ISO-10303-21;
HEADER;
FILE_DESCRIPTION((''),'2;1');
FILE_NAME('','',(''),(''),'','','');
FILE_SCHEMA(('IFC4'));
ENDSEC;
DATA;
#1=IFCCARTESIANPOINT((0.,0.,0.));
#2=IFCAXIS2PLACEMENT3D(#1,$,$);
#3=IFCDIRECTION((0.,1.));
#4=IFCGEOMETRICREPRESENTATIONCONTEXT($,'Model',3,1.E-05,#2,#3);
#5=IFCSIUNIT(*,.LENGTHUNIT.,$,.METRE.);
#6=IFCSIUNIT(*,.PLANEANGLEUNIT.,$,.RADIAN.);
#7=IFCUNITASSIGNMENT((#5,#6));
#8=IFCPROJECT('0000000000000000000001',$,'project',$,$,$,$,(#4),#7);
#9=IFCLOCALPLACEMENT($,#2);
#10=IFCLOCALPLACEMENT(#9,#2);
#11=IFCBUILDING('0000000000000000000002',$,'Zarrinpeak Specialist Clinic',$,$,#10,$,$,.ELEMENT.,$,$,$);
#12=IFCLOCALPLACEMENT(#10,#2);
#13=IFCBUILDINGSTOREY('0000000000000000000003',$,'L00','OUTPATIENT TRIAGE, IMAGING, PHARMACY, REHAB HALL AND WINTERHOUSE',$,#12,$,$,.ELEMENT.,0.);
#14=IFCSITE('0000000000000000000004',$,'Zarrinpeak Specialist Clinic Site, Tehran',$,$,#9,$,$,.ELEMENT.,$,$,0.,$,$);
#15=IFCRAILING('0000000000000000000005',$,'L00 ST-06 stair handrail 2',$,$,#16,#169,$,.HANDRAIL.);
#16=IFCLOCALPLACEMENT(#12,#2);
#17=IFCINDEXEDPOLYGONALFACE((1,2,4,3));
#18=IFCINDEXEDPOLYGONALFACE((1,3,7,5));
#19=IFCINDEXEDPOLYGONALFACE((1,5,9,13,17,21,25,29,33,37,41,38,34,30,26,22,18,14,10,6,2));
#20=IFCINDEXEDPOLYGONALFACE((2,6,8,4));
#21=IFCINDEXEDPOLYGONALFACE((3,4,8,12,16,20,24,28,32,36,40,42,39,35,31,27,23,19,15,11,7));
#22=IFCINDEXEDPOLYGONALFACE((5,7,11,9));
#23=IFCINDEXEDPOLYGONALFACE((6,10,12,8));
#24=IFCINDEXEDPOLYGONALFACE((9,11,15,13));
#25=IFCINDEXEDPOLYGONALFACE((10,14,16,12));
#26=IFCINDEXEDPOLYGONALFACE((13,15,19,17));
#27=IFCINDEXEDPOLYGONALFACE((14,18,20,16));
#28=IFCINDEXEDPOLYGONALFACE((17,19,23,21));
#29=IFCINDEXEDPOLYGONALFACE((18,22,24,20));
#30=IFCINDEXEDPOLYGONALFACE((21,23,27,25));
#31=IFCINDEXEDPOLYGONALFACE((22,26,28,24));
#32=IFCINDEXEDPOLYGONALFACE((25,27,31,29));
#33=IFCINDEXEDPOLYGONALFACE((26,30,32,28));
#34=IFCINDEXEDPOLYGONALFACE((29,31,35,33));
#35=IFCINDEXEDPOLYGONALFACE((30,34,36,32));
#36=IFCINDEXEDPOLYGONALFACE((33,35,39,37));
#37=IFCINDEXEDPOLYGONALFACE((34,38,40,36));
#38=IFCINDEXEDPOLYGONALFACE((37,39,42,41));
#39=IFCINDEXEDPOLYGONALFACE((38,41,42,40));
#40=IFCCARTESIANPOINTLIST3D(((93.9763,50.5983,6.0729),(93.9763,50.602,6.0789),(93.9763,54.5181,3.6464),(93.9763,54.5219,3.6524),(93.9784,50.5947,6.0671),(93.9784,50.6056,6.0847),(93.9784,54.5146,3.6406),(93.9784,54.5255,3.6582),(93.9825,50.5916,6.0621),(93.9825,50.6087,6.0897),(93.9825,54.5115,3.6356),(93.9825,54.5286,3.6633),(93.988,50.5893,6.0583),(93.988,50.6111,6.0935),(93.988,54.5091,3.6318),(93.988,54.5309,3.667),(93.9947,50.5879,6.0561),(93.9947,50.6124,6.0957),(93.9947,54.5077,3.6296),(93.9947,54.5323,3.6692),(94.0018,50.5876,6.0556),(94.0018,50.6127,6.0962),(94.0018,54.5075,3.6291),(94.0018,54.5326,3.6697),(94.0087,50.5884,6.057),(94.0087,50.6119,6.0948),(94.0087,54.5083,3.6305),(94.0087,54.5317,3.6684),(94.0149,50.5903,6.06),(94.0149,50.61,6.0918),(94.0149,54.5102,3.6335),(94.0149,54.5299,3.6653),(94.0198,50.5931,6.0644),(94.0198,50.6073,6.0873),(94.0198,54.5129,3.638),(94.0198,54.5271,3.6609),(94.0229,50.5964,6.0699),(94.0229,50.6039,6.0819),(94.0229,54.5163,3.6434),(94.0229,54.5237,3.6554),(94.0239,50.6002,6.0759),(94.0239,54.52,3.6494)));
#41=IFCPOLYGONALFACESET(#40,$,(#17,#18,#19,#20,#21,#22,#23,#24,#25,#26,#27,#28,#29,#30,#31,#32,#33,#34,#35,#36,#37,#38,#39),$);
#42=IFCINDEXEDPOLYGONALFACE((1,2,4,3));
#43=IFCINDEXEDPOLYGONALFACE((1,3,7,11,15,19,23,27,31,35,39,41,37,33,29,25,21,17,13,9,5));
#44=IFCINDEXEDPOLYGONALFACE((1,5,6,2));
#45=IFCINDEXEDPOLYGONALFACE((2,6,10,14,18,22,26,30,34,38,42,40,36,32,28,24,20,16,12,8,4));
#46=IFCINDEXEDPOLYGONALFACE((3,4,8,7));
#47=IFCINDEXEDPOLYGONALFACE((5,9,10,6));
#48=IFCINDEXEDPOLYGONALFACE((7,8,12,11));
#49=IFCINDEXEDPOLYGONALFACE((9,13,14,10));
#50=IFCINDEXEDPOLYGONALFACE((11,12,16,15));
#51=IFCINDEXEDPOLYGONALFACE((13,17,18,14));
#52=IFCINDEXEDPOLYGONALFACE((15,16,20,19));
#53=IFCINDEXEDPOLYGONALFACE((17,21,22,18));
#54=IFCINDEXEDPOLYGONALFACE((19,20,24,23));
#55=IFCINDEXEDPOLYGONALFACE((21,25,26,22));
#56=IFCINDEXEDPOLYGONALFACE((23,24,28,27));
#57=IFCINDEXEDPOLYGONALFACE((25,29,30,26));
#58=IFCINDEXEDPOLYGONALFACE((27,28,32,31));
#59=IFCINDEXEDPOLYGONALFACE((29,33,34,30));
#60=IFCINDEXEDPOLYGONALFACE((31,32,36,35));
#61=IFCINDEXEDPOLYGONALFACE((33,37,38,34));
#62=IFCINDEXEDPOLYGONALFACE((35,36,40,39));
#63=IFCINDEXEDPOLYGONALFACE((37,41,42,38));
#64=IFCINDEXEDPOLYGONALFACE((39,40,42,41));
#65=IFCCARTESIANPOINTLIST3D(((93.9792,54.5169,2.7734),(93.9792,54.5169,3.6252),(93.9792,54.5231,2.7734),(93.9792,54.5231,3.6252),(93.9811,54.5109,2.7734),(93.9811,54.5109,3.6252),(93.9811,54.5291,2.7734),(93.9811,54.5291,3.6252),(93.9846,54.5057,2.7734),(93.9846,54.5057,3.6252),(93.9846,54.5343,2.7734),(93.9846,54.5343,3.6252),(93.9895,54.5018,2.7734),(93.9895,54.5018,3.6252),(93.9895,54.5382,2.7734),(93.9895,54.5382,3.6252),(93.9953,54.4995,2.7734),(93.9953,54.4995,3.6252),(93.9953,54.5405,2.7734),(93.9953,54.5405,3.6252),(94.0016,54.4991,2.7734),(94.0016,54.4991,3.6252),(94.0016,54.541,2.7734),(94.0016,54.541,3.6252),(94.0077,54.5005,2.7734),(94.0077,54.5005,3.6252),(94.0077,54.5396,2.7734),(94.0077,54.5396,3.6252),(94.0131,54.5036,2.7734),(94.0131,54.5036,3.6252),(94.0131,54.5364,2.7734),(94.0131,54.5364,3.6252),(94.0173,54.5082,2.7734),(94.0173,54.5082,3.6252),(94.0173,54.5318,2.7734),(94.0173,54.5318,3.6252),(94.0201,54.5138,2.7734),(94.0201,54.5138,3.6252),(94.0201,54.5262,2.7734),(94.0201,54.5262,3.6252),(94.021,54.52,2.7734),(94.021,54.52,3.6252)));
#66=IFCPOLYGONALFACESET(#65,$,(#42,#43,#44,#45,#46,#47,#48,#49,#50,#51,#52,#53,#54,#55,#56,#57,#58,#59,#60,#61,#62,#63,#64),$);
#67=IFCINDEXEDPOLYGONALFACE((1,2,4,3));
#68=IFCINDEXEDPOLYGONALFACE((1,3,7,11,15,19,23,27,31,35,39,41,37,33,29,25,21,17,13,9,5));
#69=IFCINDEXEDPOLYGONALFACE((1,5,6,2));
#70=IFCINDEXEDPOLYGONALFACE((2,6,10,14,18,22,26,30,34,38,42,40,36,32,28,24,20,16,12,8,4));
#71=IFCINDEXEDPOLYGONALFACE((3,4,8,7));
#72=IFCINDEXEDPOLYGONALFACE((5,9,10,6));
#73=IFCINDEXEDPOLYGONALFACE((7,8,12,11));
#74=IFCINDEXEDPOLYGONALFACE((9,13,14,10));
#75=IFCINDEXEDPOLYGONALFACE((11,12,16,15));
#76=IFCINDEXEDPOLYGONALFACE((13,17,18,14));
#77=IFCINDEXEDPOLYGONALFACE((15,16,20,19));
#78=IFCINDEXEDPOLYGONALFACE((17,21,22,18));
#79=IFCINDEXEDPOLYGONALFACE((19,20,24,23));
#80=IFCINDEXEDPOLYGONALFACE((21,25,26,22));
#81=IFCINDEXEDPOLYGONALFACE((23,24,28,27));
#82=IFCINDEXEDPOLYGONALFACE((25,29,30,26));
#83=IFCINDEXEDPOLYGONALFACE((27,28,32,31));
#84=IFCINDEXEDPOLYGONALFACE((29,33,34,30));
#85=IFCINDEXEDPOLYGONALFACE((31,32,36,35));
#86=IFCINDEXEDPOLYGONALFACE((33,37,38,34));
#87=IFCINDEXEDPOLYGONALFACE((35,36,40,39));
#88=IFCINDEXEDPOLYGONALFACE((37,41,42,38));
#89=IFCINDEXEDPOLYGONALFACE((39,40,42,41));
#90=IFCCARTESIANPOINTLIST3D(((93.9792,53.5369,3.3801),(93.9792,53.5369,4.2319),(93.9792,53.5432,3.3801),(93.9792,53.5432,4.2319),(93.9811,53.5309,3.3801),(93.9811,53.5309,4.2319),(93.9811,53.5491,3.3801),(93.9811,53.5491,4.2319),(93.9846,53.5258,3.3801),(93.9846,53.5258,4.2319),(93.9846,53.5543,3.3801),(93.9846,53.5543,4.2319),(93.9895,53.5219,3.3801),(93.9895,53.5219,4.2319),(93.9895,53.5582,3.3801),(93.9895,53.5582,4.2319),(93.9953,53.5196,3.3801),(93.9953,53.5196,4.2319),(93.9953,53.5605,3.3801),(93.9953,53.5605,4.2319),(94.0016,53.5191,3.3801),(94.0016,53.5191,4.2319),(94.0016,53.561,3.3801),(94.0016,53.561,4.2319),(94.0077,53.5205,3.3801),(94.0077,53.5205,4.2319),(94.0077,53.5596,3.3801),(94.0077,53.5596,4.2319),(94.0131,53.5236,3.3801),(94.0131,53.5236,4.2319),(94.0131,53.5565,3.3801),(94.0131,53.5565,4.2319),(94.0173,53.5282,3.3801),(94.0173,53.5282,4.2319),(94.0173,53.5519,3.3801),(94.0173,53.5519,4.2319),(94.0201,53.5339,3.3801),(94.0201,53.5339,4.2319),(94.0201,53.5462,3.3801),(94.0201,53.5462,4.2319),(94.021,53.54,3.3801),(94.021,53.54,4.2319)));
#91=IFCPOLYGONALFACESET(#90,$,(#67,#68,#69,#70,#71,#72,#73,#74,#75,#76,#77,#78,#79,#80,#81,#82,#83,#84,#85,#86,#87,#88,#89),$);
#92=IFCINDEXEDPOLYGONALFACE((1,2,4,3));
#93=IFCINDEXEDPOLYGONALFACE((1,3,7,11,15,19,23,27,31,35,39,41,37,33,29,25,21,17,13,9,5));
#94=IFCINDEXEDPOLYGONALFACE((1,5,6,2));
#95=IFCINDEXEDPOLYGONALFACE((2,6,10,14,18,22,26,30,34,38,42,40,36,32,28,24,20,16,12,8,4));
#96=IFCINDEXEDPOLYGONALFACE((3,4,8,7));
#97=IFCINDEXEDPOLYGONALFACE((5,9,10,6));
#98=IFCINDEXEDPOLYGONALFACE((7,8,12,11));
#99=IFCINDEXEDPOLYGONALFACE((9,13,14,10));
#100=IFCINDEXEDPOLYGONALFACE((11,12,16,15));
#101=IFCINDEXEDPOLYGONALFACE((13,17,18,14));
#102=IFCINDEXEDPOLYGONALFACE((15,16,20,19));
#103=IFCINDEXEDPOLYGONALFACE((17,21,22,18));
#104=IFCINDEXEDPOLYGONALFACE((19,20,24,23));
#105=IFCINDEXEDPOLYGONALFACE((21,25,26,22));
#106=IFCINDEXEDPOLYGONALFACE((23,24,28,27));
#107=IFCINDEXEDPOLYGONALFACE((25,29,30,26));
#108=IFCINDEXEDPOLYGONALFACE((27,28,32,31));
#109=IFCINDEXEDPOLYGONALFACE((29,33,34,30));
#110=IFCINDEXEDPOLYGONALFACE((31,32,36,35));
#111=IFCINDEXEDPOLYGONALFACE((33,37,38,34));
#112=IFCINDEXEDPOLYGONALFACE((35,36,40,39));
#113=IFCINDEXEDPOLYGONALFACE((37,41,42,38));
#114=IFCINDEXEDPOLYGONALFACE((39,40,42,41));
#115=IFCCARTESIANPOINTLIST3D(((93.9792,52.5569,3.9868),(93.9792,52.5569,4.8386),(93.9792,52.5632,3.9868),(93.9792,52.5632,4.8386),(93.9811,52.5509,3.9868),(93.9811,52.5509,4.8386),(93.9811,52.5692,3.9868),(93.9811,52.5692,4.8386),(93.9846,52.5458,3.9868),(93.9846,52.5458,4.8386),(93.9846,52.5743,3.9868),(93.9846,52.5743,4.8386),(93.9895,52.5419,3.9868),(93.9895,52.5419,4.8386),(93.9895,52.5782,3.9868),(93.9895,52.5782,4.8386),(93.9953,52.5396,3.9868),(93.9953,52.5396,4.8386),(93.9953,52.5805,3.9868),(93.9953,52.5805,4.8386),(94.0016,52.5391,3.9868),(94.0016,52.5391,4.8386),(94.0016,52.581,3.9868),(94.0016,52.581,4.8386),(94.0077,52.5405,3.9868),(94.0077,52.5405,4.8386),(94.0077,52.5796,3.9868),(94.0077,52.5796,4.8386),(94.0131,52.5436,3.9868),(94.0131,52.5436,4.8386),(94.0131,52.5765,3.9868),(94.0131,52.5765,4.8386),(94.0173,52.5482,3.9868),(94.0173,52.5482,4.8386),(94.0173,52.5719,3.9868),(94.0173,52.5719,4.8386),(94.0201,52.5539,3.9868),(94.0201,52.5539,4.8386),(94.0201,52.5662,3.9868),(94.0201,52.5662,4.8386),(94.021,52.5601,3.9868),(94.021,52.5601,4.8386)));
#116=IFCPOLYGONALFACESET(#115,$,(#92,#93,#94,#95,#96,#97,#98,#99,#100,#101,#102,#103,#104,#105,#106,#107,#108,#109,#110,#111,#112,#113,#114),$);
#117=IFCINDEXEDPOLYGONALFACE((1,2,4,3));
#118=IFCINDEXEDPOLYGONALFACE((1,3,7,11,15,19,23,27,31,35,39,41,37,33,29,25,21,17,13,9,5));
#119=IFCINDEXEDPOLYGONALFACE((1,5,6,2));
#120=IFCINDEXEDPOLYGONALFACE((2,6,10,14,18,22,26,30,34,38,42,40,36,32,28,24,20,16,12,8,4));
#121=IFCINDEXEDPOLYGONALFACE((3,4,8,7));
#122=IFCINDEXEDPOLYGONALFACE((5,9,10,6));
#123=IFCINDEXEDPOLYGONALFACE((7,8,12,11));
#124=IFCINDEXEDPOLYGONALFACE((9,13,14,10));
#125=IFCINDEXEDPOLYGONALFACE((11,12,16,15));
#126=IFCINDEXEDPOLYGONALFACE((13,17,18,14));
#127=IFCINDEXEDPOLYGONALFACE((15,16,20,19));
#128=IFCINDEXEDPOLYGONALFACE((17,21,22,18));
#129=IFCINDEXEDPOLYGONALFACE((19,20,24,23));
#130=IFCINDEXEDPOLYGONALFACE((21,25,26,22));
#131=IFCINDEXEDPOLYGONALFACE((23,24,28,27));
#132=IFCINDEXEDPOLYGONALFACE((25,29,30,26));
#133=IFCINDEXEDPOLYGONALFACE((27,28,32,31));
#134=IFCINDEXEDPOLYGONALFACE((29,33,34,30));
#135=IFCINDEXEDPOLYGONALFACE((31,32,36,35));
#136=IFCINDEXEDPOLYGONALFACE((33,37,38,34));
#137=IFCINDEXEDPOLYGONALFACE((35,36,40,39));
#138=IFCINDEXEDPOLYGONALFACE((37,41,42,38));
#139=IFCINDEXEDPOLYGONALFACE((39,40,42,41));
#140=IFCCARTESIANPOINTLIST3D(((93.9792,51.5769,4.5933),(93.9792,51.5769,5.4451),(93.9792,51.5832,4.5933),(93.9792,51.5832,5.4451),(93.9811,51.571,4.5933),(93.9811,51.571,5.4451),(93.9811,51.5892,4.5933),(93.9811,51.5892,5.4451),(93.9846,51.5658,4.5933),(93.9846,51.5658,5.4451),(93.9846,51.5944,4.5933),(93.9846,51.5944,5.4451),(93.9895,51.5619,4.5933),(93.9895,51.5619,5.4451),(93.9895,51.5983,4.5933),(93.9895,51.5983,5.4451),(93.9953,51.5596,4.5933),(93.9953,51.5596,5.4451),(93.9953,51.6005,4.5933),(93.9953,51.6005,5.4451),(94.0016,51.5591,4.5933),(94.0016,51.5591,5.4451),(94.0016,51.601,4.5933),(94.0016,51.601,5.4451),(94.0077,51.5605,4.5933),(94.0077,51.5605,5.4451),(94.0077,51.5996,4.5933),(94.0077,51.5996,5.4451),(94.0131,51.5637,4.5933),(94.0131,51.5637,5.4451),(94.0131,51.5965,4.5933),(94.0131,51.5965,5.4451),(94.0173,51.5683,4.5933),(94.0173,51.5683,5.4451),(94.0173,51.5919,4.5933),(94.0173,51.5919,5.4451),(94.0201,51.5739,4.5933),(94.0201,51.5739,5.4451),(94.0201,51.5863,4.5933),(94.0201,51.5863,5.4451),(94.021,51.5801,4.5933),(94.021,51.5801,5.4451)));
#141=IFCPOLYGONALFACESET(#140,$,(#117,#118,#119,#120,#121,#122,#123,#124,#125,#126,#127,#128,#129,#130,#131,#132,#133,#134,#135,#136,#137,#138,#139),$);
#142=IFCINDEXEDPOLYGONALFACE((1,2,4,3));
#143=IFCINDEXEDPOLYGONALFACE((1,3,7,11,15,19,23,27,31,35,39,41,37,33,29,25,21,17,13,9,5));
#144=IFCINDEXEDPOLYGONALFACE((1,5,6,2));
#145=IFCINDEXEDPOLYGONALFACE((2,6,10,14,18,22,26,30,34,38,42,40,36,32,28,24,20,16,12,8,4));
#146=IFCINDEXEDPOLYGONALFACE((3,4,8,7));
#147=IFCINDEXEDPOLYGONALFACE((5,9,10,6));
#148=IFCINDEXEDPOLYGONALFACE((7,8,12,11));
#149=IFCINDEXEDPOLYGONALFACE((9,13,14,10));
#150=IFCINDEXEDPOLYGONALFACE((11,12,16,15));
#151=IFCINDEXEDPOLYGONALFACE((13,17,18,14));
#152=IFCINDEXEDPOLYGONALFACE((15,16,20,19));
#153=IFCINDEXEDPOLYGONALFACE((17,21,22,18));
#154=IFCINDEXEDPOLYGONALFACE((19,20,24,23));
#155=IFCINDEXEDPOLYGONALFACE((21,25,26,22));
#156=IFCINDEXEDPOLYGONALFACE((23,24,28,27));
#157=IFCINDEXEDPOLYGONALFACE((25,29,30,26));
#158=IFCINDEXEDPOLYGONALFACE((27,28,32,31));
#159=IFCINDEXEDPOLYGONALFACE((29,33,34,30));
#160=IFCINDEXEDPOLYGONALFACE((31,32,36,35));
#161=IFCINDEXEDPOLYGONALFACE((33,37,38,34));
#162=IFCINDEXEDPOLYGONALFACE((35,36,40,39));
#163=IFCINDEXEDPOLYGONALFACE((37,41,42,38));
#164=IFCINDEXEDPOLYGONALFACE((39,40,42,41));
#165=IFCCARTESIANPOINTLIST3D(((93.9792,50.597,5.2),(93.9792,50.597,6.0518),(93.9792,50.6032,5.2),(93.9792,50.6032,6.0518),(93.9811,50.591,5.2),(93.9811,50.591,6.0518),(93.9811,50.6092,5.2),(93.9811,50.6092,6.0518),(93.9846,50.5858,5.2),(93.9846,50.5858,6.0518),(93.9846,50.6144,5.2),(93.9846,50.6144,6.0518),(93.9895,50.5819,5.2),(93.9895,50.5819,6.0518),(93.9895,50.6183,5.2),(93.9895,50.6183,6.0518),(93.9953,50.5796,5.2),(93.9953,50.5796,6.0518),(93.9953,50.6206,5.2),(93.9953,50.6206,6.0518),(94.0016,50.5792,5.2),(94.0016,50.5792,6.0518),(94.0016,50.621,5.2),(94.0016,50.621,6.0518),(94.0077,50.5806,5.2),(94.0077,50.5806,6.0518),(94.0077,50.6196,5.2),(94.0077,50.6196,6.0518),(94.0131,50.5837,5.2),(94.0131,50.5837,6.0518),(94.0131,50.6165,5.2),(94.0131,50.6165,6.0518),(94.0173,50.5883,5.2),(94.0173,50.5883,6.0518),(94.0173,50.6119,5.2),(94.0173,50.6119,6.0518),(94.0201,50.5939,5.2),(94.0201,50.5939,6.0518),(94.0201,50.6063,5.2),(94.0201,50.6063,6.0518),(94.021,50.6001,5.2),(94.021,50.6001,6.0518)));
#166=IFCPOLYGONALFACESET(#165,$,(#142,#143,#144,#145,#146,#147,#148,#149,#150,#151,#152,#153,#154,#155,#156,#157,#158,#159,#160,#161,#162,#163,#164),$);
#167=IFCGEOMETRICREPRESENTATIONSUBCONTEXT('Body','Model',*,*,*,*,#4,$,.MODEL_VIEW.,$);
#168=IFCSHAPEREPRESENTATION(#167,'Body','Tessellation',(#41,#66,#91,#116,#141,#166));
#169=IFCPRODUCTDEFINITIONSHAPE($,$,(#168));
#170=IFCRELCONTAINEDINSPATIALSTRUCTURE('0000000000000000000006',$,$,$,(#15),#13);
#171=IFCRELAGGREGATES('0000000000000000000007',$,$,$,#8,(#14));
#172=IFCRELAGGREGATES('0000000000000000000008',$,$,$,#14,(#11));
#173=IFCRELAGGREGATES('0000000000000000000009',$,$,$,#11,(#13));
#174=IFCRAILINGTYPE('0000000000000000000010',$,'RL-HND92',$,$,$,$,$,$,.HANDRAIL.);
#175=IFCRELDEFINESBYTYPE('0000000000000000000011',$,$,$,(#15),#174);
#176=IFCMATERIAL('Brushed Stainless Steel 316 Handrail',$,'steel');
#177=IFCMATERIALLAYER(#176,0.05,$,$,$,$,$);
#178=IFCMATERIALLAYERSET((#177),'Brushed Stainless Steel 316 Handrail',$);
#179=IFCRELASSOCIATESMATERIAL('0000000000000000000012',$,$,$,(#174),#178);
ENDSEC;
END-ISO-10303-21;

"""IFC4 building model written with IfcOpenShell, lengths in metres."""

from ifc_helpers import new_model, si_unit, direction, frame, origin, origin_2d, place, context, subcontext, project, spatial, circle, extrude, material, layer, layer_set, type_object, element, save


model = new_model("IFC4")

# Units and contexts
model_context = context("Model", 3, precision=1e-05, world=origin(), true_north=direction((0.0, 1.0)))
body_context = subcontext(model_context, "Body", "Model", "MODEL_VIEW")
ifc_project = project(units=[si_unit("LENGTHUNIT", "METRE"), si_unit("PLANEANGLEUNIT", "RADIAN")], contexts=[model_context])

# Site, building, storey
site_placement = place(None, origin())
site = spatial("IfcSite", under=ifc_project, at=site_placement, Name="Zarrinpeak Specialist Clinic Site, Tehran", CompositionType="ELEMENT", RefElevation=0.0)
building_placement = place(site_placement, origin())
building = spatial("IfcBuilding", under=site, at=building_placement, Name="Zarrinpeak Specialist Clinic", CompositionType="ELEMENT")
storey_placement = place(building_placement, origin())
storey = spatial("IfcBuildingStorey", under=building, at=storey_placement, Name="L00", Description="OUTPATIENT TRIAGE, IMAGING, PHARMACY, REHAB HALL AND WINTERHOUSE", CompositionType="ELEMENT", Elevation=0.0)

# Railing
ifc_material_1 = material(Name="Brushed Stainless Steel 316 Handrail", Category="steel")
ifc_layer_1 = layer(ifc_material_1, 0.05)
ifc_layer_set_1 = layer_set([ifc_layer_1], Name="Brushed Stainless Steel 316 Handrail")
railing_type_1 = type_object("IfcRailingType", Name="RL-HND92", PredefinedType="HANDRAIL", material=ifc_layer_set_1)
railing_1_placement = place(storey_placement, frame((94.0, 54.52, 2.7734)))
element("IfcRailing", 1, at=railing_1_placement, inside=storey, type_object=railing_type_1, Name="L00 ST-06 stair handrail 2", PredefinedType="HANDRAIL", context=body_context, shape_type="SweptSolid", body=[
    extrude(circle(Radius=0.0239, at=origin_2d()), frame((0.0, 0.0, 0.876), z_axis=(0.0, -0.850275, 0.526338), x_axis=(1.0, 0.0, 0.0)), (0.0, 0.0, 1.0), 4.6101),
    extrude(circle(Radius=0.021, at=origin_2d()), origin(), (0.0, 0.0, 1.0), 0.8518),
    extrude(circle(Radius=0.021, at=origin_2d()), frame((0.0, -0.98, 0.6067)), (0.0, 0.0, 1.0), 0.8518),
    extrude(circle(Radius=0.021, at=origin_2d()), frame((0.0, -1.96, 1.2134)), (0.0, 0.0, 1.0), 0.8518),
    extrude(circle(Radius=0.021, at=origin_2d()), frame((0.0, -2.9399, 1.8198)), (0.0, 0.0, 1.0), 0.8518),
    extrude(circle(Radius=0.021, at=origin_2d()), frame((0.0, -3.9199, 2.4265)), (0.0, 0.0, 1.0), 0.8518),
])

save(model, "model.ifc")
